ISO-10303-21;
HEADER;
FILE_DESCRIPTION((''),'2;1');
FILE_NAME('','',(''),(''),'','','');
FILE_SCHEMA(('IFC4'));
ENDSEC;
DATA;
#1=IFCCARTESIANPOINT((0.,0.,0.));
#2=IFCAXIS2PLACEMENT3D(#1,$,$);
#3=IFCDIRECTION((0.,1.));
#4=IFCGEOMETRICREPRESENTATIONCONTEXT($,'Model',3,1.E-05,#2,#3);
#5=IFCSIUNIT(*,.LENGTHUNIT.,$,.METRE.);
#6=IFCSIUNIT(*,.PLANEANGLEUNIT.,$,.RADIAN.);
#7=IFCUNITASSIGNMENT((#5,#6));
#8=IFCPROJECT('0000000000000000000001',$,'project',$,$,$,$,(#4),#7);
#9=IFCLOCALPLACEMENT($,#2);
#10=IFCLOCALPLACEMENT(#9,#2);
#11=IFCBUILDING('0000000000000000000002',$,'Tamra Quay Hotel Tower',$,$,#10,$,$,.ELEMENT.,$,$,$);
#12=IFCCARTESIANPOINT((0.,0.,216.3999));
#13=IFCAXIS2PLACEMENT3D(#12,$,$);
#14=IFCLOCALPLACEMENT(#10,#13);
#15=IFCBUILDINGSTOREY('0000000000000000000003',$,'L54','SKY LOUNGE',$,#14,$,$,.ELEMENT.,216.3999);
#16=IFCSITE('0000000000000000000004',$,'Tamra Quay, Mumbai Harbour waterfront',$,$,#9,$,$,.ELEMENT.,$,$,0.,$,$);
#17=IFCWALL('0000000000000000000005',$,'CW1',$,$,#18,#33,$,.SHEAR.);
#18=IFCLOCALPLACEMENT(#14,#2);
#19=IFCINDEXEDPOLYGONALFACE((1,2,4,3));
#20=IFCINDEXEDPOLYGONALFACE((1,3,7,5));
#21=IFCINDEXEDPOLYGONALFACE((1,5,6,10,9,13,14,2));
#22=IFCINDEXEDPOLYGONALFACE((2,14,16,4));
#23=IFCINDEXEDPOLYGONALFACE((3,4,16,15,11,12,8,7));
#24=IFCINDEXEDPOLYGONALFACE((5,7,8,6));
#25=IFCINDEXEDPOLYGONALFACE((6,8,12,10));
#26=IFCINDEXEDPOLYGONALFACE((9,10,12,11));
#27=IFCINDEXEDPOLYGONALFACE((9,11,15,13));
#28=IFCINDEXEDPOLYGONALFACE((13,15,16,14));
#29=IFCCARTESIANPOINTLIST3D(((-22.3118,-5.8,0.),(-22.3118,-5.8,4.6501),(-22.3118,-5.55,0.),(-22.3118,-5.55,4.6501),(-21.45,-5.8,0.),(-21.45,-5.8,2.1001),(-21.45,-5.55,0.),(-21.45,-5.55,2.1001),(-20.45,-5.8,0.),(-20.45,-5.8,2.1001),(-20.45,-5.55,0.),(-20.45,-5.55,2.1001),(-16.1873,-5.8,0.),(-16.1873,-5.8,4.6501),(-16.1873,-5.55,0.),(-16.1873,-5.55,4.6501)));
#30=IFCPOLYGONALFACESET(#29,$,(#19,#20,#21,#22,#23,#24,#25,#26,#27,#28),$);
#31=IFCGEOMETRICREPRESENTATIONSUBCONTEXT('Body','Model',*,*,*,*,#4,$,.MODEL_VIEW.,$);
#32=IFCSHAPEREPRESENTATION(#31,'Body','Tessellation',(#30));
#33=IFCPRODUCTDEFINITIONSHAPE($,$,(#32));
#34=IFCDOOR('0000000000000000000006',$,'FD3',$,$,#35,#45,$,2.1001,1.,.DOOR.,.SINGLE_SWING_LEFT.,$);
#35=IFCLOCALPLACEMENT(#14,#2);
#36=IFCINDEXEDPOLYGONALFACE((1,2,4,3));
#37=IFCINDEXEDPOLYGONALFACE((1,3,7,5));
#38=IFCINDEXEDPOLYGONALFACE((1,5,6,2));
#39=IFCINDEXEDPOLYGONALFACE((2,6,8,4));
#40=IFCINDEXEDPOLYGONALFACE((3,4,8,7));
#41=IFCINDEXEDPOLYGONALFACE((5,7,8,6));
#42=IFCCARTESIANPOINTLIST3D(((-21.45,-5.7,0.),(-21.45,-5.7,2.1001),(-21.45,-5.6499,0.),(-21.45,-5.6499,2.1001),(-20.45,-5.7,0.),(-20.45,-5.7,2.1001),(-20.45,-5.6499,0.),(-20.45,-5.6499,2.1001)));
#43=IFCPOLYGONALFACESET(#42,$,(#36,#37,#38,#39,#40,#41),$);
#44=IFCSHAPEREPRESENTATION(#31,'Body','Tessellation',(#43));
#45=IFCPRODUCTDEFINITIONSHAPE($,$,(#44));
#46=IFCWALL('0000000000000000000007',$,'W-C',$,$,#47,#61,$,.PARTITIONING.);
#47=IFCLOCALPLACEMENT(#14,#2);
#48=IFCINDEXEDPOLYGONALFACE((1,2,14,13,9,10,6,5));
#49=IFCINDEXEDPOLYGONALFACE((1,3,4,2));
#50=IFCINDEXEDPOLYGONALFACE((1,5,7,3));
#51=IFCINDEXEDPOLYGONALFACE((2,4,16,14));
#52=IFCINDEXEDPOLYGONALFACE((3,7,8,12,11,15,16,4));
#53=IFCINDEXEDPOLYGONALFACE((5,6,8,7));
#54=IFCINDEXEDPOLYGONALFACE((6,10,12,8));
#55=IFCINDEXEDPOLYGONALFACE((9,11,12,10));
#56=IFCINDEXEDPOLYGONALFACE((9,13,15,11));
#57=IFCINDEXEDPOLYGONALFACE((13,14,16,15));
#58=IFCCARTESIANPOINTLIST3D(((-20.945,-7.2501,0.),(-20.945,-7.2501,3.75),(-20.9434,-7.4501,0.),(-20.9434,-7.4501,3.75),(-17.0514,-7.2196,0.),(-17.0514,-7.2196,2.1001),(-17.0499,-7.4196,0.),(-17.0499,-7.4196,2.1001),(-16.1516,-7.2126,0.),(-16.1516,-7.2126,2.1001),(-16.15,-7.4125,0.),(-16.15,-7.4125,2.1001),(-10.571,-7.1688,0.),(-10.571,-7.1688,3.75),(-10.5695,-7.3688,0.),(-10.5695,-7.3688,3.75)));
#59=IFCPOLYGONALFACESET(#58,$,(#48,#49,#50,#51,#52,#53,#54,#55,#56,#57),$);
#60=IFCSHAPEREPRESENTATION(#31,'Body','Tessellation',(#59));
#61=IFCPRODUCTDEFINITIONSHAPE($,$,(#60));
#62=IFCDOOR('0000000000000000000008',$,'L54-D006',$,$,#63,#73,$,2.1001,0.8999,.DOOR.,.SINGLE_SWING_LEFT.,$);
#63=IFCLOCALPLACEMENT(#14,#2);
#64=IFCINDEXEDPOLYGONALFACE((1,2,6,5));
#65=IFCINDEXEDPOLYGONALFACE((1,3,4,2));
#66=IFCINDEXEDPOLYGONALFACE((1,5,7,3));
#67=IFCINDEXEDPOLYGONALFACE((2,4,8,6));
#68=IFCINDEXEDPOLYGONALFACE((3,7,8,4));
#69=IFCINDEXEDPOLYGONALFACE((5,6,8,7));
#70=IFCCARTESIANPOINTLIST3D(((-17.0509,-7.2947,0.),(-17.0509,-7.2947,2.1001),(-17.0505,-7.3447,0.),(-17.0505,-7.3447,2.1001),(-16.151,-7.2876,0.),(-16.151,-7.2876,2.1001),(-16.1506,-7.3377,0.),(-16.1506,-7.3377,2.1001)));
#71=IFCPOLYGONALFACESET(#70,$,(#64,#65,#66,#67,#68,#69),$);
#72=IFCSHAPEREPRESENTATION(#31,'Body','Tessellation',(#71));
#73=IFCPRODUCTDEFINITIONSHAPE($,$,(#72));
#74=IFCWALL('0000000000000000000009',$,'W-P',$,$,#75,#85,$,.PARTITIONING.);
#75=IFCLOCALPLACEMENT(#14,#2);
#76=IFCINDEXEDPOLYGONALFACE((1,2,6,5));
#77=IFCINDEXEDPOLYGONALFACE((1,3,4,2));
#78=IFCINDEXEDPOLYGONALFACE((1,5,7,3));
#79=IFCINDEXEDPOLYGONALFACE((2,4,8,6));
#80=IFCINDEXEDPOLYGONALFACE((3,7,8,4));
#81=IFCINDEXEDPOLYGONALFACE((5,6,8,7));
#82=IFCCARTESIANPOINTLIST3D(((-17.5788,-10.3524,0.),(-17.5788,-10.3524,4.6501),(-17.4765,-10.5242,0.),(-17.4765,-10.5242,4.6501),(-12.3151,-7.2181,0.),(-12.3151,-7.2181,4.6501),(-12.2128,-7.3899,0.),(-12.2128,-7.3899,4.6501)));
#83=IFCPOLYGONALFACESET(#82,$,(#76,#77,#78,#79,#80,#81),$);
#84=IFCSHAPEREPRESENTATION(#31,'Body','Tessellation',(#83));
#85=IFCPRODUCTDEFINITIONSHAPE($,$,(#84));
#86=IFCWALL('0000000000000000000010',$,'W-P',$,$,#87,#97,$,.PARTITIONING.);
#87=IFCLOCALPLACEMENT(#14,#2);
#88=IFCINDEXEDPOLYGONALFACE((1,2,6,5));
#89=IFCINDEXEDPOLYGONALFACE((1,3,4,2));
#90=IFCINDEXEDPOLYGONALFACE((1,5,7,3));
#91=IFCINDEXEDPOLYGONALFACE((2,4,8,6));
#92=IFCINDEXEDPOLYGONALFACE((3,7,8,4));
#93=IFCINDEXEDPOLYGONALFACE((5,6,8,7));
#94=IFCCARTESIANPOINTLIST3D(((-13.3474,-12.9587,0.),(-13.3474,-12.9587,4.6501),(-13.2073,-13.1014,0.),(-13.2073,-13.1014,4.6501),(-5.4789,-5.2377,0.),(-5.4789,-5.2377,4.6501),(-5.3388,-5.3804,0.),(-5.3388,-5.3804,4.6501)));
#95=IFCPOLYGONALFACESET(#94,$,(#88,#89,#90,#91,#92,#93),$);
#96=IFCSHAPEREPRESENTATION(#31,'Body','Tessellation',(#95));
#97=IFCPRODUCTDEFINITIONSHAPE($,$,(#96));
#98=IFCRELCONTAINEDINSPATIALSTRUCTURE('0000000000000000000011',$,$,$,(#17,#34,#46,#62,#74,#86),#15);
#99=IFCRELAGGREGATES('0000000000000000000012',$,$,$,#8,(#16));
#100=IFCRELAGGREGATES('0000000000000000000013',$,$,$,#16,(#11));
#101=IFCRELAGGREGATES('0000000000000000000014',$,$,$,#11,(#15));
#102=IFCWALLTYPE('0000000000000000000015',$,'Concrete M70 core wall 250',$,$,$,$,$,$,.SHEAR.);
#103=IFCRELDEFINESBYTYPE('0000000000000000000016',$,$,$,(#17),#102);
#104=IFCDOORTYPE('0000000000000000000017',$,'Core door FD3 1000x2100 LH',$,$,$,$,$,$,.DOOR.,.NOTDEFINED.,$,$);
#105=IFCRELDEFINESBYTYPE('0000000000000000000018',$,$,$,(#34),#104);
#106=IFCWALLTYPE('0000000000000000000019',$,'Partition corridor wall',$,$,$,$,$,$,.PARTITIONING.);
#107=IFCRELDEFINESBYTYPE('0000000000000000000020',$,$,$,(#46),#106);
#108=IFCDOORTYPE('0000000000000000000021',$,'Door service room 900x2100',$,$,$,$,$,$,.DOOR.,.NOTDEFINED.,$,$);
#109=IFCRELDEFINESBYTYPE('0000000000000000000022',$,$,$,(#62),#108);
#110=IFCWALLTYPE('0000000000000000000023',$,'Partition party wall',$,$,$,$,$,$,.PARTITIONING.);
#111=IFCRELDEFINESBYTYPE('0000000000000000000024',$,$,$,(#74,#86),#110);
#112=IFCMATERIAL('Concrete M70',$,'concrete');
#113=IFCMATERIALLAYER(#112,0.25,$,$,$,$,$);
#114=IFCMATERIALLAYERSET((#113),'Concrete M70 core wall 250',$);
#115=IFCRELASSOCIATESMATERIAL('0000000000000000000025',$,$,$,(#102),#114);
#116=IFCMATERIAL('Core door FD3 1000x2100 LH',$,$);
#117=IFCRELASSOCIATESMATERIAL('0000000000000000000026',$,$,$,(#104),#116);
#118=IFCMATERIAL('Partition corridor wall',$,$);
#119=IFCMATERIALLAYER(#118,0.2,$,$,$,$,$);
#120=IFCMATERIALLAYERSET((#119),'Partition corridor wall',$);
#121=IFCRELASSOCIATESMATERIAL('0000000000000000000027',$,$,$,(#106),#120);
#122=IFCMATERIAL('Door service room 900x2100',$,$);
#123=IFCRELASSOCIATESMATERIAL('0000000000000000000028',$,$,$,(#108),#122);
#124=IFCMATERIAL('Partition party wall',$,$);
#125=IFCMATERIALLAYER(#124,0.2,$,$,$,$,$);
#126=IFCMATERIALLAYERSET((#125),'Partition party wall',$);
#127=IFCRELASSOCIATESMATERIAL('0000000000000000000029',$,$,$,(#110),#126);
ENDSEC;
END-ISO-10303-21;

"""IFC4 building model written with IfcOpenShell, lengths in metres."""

from ifc_helpers import new_model, si_unit, direction, frame, frame_2d, origin, place, context, subcontext, project, spatial, rectangle, extrude, material, layer, layer_set, type_object, element, fill, save


model = new_model("IFC4")

# Units and contexts
model_context = context("Model", 3, precision=1e-05, world=origin(), true_north=direction((0.0, 1.0)))
body_context = subcontext(model_context, "Body", "Model", "MODEL_VIEW")
ifc_project = project(units=[si_unit("LENGTHUNIT", "METRE"), si_unit("PLANEANGLEUNIT", "RADIAN")], contexts=[model_context])

# Site, building, storey
site_placement = place(None, origin())
site = spatial("IfcSite", under=ifc_project, at=site_placement, Name="Tamra Quay, Mumbai Harbour waterfront", CompositionType="ELEMENT", RefElevation=0.0)
building_placement = place(site_placement, origin())
building = spatial("IfcBuilding", under=site, at=building_placement, Name="Tamra Quay Hotel Tower", CompositionType="ELEMENT")
storey_placement = place(building_placement, frame((0.0, 0.0, 216.3999)))
storey = spatial("IfcBuildingStorey", under=building, at=storey_placement, Name="L54", Description="SKY LOUNGE", CompositionType="ELEMENT", Elevation=216.3999)

# Shared definitions
ifc_material_1 = material(Name="Concrete M70", Category="concrete")

# Walls, openings, doors
ifc_layer_1 = layer(ifc_material_1, 0.25)
ifc_layer_set_1 = layer_set([ifc_layer_1], Name="Concrete M70 core wall 250")
wall_type_1 = type_object("IfcWallType", Name="Concrete M70 core wall 250", PredefinedType="SHEAR", material=ifc_layer_set_1)
wall_1_placement = place(storey_placement, frame((-16.1873, -5.675, 0.0), z_axis=(0.0, 0.0, 1.0), x_axis=(-1.0, 0.0, 0.0)))
wall_1 = element("IfcWall", 1, at=wall_1_placement, inside=storey, type_object=wall_type_1, Name="CW1", PredefinedType="SHEAR", context=body_context, shape_type="SweptSolid", body=[
    extrude(rectangle(XDim=6.1245, YDim=0.25, at=frame_2d((3.0623, 0.0))), origin(), (0.0, 0.0, 1.0), 4.6501),
])
opening_1_placement = place(wall_1_placement, frame((4.2627, 0.0, 0.0)))
opening_1 = element("IfcOpeningElement", 2, at=opening_1_placement, cuts=wall_1, PredefinedType="OPENING", context=body_context, shape_type="SweptSolid", body=[
    extrude(rectangle(XDim=1.0, YDim=2.1001, at=frame_2d((0.5, 1.05))), frame((0.0, 0.135, 0.0), z_axis=(0.0, -1.0, 0.0), x_axis=(1.0, 0.0, 0.0)), (0.0, 0.0, 1.0), 0.27),
])
ifc_material_2 = material(Name="Core door FD3 1000x2100 LH")
door_type_1 = type_object("IfcDoorType", Name="Core door FD3 1000x2100 LH", OperationType="NOTDEFINED", PredefinedType="DOOR", material=ifc_material_2)
door_1_placement = place(opening_1_placement, origin())
door_1 = element("IfcDoor", 3, at=door_1_placement, inside=storey, type_object=door_type_1, Name="FD3", OperationType="SINGLE_SWING_LEFT", OverallHeight=2.1001, OverallWidth=1.0, PredefinedType="DOOR", context=body_context, shape_type="SweptSolid", body=[
    extrude(rectangle(XDim=1.0, YDim=2.1001, at=frame_2d((0.5, 1.05))), frame((0.0, 0.0249, 0.0), z_axis=(0.0, -1.0, 0.0), x_axis=(1.0, 0.0, 0.0)), (0.0, 0.0, 1.0), 0.05),
])
fill(opening_1, door_1)
ifc_material_3 = material(Name="Partition corridor wall")
ifc_layer_2 = layer(ifc_material_3, 0.2)
ifc_layer_set_2 = layer_set([ifc_layer_2], Name="Partition corridor wall")
wall_type_2 = type_object("IfcWallType", Name="Partition corridor wall", PredefinedType="PARTITIONING", material=ifc_layer_set_2)
wall_2_placement = place(storey_placement, frame((-20.9441, -7.3501, 0.0), z_axis=(0.0, 0.0, 1.0), x_axis=(0.999969, 0.007837, 0.0)))
wall_2 = element("IfcWall", 4, at=wall_2_placement, inside=storey, type_object=wall_type_2, Name="W-C", PredefinedType="PARTITIONING", context=body_context, shape_type="SweptSolid", body=[
    extrude(rectangle(XDim=10.3743, YDim=0.2, at=frame_2d((5.187, 0.0))), origin(), (0.0, 0.0, 1.0), 3.75),
])
opening_2_placement = place(wall_2_placement, frame((3.8936, 0.0, 0.0)))
opening_2 = element("IfcOpeningElement", 5, at=opening_2_placement, cuts=wall_2, PredefinedType="OPENING", context=body_context, shape_type="SweptSolid", body=[
    extrude(rectangle(XDim=0.8999, YDim=2.1001, at=frame_2d((0.45, 1.05))), frame((0.0, 0.1099, 0.0), z_axis=(0.0, -1.0, 0.0), x_axis=(1.0, 0.0, 0.0)), (0.0, 0.0, 1.0), 0.22),
])
ifc_material_4 = material(Name="Door service room 900x2100")
door_type_2 = type_object("IfcDoorType", Name="Door service room 900x2100", OperationType="NOTDEFINED", PredefinedType="DOOR", material=ifc_material_4)
door_2_placement = place(opening_2_placement, origin())
door_2 = element("IfcDoor", 6, at=door_2_placement, inside=storey, type_object=door_type_2, Name="L54-D006", OperationType="SINGLE_SWING_LEFT", OverallHeight=2.1001, OverallWidth=0.8999, PredefinedType="DOOR", context=body_context, shape_type="SweptSolid", body=[
    extrude(rectangle(XDim=0.8999, YDim=2.1001, at=frame_2d((0.45, 1.05))), frame((0.0, 0.0249, 0.0), z_axis=(0.0, -1.0, 0.0), x_axis=(1.0, 0.0, 0.0)), (0.0, 0.0, 1.0), 0.05),
])
fill(opening_2, door_2)

# Walls
ifc_material_5 = material(Name="Partition party wall")
ifc_layer_3 = layer(ifc_material_5, 0.2)
ifc_layer_set_3 = layer_set([ifc_layer_3], Name="Partition party wall")
wall_type_3 = type_object("IfcWallType", Name="Partition party wall", PredefinedType="PARTITIONING", material=ifc_layer_set_3)
wall_3_placement = place(storey_placement, frame((-17.5276, -10.4382, 0.0), z_axis=(0.0, 0.0, 1.0), x_axis=(0.859211, 0.511621, 0.0)))
element("IfcWall", 7, at=wall_3_placement, inside=storey, type_object=wall_type_3, Name="W-P", PredefinedType="PARTITIONING", context=body_context, shape_type="SweptSolid", body=[
    extrude(rectangle(XDim=6.1262, YDim=0.2, at=frame_2d((3.063, 0.0))), origin(), (0.0, 0.0, 1.0), 4.6501),
])
wall_4_placement = place(storey_placement, frame((-13.2773, -13.03, 0.0), z_axis=(0.0, 0.0, 1.0), x_axis=(0.713763, 0.700387, 0.0)))
element("IfcWall", 8, at=wall_4_placement, inside=storey, type_object=wall_type_3, Name="W-P", PredefinedType="PARTITIONING", context=body_context, shape_type="SweptSolid", body=[
    extrude(rectangle(XDim=11.0239, YDim=0.2, at=frame_2d((5.512, 0.0))), origin(), (0.0, 0.0, 1.0), 4.6501),
])

save(model, "model.ifc")
